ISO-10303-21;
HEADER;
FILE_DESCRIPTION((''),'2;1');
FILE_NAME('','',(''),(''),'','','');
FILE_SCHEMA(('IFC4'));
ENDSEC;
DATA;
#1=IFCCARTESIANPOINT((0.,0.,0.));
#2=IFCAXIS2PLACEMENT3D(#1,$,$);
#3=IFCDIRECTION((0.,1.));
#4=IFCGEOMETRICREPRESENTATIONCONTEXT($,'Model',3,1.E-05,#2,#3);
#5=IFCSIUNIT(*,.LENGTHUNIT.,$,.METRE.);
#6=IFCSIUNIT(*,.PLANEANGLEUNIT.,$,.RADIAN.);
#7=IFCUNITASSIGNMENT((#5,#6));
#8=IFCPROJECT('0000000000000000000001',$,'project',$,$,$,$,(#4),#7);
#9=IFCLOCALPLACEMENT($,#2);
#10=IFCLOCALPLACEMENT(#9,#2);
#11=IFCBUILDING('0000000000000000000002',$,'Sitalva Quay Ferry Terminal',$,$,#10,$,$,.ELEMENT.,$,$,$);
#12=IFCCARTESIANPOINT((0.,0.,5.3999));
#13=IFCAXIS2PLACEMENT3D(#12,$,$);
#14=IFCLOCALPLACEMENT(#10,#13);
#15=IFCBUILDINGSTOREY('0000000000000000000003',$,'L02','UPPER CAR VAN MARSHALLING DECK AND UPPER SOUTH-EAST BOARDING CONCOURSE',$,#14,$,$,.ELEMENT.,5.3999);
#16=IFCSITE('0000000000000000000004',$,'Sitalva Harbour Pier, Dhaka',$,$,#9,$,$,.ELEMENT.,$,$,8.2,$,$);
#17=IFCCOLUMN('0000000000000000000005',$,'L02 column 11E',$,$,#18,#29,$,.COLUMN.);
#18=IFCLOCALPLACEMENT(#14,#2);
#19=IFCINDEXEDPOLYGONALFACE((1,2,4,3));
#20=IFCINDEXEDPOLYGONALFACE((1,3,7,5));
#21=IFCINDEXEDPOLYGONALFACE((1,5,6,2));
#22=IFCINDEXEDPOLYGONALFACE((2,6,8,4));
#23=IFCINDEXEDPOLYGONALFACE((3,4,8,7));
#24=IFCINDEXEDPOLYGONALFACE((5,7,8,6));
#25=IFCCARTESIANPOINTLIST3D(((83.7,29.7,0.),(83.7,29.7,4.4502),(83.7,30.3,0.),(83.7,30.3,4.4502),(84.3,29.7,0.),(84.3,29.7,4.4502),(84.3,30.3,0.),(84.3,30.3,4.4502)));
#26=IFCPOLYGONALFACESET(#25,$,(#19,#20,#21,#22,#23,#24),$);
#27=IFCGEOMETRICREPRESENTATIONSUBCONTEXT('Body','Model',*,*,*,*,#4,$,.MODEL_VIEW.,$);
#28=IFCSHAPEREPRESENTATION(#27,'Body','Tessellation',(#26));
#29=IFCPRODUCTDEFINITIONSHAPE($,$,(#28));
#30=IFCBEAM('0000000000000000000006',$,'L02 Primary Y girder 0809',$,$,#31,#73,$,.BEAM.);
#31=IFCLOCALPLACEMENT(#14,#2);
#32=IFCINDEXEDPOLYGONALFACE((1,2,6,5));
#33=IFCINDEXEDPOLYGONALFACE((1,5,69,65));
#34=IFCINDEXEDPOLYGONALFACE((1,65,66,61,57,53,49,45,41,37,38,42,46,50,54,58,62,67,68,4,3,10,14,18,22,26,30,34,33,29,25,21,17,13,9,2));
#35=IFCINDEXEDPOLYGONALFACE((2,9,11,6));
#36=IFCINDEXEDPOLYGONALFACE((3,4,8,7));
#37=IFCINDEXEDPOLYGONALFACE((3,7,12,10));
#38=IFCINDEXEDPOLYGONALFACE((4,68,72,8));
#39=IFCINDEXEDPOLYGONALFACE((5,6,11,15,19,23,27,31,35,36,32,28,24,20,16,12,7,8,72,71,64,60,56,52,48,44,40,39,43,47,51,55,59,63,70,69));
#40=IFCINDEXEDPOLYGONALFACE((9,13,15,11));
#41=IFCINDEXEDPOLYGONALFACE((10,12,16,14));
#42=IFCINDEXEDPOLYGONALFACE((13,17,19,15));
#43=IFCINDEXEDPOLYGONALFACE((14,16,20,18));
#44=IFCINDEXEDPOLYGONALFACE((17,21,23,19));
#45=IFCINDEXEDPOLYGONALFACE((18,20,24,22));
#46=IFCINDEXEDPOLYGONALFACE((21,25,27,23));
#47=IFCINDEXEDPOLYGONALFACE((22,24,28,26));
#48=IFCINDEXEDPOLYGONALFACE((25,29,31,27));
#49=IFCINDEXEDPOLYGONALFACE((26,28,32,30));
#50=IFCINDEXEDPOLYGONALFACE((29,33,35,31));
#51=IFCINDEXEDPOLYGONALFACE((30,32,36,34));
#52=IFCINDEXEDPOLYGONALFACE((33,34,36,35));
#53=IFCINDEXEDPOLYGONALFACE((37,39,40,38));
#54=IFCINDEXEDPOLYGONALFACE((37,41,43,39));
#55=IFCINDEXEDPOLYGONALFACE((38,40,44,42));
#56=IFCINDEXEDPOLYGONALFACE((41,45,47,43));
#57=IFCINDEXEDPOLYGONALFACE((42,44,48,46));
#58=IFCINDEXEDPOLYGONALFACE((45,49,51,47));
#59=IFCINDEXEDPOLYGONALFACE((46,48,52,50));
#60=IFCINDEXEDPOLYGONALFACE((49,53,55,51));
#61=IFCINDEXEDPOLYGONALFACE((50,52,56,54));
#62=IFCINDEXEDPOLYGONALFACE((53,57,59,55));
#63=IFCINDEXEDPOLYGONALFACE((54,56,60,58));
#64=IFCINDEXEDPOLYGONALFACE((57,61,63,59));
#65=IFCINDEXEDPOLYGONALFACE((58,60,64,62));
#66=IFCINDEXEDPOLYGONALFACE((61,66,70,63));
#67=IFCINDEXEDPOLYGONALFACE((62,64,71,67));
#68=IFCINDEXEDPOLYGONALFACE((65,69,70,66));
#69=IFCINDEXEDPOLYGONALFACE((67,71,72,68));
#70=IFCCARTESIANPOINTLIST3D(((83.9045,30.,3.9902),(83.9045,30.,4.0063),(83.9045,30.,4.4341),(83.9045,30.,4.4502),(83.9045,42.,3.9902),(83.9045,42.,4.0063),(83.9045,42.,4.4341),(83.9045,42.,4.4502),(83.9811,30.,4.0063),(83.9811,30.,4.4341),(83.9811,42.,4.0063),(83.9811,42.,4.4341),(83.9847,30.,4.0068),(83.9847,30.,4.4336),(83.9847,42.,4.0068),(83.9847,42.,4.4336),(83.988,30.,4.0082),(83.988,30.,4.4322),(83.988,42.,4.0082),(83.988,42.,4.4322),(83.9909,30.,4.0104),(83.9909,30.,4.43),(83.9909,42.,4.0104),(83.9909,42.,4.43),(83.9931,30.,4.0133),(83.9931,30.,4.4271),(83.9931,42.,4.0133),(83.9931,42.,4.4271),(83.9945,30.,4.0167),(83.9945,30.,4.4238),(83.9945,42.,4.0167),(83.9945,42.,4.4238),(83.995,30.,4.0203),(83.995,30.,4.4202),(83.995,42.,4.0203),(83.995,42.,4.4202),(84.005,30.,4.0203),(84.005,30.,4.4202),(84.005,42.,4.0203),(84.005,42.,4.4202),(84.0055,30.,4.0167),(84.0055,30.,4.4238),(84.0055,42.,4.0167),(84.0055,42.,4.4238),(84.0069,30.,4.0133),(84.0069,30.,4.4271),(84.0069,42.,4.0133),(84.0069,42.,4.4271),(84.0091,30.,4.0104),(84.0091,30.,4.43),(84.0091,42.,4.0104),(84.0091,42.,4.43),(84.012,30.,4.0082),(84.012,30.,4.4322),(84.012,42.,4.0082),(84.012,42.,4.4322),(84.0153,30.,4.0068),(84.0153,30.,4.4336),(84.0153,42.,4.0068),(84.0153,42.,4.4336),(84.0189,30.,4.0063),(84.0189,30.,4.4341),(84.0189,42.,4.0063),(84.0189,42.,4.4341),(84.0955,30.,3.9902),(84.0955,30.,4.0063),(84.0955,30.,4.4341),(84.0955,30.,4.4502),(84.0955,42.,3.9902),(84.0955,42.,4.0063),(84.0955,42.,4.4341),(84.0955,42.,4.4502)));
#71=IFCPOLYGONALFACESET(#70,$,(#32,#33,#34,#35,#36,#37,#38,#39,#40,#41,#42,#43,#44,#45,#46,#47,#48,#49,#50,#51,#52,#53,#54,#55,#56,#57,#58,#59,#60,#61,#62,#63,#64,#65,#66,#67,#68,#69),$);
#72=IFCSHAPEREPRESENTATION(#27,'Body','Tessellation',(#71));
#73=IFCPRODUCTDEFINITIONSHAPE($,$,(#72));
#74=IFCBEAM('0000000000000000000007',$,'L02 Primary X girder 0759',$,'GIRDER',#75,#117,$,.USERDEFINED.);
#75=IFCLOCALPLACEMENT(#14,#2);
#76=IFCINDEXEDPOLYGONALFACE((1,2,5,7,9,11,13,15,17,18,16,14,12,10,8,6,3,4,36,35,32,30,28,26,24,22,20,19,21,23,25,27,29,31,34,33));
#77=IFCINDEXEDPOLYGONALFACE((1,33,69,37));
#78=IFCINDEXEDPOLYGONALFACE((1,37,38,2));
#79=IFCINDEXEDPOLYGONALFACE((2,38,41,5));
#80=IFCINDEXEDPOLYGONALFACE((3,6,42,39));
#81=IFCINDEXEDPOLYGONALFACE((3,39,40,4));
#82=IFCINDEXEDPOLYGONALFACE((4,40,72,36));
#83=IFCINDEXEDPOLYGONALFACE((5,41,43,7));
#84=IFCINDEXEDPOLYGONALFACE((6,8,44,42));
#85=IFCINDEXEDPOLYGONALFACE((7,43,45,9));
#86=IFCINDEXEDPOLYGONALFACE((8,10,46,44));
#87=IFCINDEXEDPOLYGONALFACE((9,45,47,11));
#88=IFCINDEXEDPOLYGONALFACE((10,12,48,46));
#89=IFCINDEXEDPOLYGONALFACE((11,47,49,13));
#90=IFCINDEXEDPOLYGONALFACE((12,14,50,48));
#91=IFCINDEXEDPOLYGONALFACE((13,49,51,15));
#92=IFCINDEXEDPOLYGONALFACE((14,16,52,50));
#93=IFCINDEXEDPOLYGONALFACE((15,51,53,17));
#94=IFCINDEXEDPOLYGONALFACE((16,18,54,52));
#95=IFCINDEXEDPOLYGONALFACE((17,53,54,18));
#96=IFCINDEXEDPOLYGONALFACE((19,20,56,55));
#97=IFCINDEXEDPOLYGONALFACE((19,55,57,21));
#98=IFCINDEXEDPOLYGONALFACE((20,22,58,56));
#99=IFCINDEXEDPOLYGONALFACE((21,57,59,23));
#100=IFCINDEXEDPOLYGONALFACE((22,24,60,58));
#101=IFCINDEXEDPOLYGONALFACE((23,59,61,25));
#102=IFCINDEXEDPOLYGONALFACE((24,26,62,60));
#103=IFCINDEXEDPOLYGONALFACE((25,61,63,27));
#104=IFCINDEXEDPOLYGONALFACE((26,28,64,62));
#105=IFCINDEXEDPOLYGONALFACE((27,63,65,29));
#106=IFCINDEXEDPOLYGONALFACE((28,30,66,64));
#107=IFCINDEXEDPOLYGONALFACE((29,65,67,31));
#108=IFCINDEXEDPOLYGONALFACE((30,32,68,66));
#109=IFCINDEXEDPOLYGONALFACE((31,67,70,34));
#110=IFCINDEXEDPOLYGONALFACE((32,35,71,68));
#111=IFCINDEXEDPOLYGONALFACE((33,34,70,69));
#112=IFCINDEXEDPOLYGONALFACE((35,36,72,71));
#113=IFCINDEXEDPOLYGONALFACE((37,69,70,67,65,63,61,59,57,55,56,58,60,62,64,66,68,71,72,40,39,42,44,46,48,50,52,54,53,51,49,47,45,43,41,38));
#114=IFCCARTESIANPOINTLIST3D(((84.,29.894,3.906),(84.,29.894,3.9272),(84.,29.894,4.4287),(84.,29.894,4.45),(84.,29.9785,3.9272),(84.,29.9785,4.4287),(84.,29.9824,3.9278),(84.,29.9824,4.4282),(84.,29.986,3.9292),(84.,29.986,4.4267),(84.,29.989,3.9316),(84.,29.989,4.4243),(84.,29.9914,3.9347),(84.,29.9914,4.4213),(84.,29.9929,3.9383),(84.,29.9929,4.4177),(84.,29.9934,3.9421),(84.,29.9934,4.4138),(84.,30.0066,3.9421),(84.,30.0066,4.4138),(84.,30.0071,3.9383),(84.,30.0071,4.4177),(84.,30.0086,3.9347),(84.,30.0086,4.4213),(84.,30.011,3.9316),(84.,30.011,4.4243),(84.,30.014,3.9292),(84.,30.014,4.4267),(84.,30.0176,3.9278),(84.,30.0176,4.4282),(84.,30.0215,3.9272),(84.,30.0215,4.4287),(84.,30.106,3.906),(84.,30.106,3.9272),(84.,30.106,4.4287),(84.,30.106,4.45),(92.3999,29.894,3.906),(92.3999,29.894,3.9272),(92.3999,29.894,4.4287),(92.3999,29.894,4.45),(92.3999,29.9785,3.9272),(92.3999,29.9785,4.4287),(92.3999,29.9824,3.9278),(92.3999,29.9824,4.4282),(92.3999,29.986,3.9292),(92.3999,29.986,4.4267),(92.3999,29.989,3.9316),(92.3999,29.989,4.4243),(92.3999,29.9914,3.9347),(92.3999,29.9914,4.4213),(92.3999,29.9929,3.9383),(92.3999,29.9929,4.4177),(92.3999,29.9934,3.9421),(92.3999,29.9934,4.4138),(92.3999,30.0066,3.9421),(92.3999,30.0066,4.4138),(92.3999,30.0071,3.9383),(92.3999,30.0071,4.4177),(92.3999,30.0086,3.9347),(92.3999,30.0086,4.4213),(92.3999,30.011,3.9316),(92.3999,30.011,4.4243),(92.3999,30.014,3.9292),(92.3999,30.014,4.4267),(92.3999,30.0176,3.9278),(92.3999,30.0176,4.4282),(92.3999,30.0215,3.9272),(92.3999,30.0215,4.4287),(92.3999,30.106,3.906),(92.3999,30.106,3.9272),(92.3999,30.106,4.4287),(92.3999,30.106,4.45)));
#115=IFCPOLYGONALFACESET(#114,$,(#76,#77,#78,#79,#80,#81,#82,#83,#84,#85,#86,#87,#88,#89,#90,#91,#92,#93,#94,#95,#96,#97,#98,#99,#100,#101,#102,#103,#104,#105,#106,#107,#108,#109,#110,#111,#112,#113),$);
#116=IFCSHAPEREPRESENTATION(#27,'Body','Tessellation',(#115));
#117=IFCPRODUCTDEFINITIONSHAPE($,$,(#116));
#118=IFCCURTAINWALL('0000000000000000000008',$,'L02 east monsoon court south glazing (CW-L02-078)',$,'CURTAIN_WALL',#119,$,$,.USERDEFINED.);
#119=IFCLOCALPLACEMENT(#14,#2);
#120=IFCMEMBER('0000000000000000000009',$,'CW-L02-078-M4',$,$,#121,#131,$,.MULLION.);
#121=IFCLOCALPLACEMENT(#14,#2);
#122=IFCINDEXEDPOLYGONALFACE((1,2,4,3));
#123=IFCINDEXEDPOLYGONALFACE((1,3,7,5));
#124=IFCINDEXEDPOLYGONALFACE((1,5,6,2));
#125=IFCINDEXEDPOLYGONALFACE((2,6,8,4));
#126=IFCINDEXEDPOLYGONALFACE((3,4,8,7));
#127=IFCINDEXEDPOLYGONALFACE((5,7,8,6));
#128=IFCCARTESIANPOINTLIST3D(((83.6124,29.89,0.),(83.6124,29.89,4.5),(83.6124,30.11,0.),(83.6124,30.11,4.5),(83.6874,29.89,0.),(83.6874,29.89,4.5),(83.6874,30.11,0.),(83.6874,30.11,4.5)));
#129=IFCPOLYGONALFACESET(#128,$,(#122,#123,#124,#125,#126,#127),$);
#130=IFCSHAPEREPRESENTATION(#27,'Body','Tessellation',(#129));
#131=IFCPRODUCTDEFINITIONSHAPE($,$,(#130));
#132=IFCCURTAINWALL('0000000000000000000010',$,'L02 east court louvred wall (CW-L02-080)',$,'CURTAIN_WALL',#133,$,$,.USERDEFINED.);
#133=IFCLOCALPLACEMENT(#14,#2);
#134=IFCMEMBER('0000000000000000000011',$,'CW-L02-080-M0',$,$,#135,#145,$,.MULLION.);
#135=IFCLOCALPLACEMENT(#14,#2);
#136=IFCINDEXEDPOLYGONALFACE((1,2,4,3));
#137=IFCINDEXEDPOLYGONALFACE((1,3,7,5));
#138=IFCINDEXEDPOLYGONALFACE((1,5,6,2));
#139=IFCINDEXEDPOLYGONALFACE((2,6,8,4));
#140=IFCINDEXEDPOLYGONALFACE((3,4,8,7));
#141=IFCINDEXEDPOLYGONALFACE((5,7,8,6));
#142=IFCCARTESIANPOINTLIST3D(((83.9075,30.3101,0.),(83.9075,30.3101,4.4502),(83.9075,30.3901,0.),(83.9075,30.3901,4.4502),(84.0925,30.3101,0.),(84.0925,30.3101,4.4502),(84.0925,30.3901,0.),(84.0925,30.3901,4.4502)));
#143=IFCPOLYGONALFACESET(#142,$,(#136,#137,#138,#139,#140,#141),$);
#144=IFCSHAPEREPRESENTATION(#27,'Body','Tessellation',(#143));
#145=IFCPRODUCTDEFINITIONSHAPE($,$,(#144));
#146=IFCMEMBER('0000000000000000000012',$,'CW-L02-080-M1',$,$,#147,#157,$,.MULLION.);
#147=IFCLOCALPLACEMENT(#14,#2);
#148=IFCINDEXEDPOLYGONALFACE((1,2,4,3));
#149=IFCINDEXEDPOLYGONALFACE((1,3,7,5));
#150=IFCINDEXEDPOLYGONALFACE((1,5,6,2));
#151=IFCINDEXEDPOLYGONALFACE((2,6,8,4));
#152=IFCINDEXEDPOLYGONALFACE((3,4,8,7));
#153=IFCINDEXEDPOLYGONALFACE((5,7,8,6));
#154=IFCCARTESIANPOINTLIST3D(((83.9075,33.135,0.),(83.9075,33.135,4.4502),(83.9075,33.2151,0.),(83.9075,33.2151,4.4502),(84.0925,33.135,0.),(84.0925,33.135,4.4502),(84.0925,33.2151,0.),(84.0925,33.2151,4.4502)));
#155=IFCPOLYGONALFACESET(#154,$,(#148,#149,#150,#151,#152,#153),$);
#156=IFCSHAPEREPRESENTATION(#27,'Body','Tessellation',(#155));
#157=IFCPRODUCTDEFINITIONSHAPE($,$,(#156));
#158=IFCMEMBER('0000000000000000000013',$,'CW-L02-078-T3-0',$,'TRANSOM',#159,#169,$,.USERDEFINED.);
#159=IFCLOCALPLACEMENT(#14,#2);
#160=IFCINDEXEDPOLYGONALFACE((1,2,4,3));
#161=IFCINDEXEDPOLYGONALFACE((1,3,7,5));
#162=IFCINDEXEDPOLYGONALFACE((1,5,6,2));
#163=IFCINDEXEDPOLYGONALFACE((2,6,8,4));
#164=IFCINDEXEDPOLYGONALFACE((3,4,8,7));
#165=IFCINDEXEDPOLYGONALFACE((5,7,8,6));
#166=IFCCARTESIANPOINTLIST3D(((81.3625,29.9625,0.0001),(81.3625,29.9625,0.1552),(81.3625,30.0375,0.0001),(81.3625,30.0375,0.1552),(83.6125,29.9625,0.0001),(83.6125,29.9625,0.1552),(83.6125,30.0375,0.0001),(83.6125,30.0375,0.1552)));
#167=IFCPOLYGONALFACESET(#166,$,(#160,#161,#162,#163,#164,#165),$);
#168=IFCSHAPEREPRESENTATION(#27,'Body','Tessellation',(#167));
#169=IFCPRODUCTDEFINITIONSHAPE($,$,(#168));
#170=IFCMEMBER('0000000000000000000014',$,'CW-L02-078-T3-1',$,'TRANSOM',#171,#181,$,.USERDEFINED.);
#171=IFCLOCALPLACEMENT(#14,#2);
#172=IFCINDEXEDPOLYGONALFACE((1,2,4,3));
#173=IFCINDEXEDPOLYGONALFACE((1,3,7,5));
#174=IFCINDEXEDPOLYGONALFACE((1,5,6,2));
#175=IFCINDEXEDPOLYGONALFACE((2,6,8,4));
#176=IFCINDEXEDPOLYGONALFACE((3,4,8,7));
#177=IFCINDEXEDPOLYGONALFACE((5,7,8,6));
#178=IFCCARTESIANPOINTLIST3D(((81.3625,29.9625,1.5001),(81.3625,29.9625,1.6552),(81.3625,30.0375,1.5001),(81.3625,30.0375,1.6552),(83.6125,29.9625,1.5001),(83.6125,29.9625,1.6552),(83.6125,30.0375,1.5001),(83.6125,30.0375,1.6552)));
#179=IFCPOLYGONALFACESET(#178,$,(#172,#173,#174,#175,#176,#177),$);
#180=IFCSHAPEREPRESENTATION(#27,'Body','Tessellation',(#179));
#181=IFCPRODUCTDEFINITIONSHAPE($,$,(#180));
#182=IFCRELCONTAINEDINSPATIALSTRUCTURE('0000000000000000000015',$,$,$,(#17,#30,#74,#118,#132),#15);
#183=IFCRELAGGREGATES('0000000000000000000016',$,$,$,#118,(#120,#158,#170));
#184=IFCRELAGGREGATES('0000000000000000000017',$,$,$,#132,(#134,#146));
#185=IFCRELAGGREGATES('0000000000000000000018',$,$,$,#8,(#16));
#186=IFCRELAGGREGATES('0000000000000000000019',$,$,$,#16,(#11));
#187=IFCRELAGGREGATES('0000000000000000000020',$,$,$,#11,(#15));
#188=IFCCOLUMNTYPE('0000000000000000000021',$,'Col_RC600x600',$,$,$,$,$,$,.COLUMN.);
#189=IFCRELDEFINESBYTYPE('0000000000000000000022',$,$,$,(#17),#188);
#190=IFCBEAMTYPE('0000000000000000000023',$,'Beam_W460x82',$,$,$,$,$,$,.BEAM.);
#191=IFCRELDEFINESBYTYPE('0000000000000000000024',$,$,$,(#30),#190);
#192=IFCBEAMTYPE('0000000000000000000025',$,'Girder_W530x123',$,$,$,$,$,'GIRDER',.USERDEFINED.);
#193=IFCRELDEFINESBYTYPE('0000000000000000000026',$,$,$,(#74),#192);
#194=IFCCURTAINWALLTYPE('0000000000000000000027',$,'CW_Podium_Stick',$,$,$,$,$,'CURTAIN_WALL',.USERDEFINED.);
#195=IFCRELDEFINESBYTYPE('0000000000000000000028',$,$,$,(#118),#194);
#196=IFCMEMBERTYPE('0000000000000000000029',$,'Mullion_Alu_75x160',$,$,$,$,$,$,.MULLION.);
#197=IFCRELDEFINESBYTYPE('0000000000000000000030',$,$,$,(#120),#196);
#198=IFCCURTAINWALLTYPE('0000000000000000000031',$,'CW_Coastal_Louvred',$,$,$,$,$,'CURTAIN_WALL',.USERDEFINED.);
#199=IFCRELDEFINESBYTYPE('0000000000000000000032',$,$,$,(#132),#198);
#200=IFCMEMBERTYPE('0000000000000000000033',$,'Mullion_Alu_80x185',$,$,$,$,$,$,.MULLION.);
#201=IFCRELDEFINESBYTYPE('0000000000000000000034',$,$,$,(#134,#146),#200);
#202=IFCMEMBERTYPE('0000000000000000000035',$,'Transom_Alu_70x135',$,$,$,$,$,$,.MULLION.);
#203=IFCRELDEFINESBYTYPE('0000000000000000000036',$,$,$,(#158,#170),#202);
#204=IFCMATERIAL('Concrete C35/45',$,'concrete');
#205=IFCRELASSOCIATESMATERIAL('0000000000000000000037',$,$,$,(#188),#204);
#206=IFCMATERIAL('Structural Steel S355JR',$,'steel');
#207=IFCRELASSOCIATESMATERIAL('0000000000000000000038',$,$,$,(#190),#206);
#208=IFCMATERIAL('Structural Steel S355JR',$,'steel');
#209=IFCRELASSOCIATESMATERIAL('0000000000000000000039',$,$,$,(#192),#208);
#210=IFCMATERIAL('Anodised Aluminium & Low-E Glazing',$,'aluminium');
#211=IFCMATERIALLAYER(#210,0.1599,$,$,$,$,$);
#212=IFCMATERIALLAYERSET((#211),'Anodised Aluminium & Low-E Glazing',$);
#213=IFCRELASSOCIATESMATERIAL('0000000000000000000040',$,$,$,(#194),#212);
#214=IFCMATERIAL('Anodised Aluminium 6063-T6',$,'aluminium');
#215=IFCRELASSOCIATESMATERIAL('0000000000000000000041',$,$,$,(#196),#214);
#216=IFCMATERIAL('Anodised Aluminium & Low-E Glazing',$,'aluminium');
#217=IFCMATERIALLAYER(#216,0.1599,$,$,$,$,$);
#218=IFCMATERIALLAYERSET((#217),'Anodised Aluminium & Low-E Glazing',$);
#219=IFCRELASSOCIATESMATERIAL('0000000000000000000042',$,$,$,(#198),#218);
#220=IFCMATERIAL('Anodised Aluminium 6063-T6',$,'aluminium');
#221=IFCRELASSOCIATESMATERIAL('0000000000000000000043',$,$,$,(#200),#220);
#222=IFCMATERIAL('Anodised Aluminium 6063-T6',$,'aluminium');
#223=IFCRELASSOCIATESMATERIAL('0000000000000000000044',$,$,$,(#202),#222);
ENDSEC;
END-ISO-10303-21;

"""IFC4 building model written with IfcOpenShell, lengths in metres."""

from ifc_helpers import new_model, si_unit, direction, frame, origin, origin_2d, place, context, subcontext, project, spatial, rectangle, i_section, extrude, material, layer, layer_set, material_profile, profile_set, type_object, element, aggregate, save


model = new_model("IFC4")

# Units and contexts
model_context = context("Model", 3, precision=1e-05, world=origin(), true_north=direction((0.0, 1.0)))
body_context = subcontext(model_context, "Body", "Model", "MODEL_VIEW")
ifc_project = project(units=[si_unit("LENGTHUNIT", "METRE"), si_unit("PLANEANGLEUNIT", "RADIAN")], contexts=[model_context])

# Site, building, storey
site_placement = place(None, origin())
site = spatial("IfcSite", under=ifc_project, at=site_placement, Name="Sitalva Harbour Pier, Dhaka", CompositionType="ELEMENT", RefElevation=8.2)
building_placement = place(site_placement, origin())
building = spatial("IfcBuilding", under=site, at=building_placement, Name="Sitalva Quay Ferry Terminal", CompositionType="ELEMENT")
storey_placement = place(building_placement, frame((0.0, 0.0, 5.3999)))
storey = spatial("IfcBuildingStorey", under=building, at=storey_placement, Name="L02", Description="UPPER CAR VAN MARSHALLING DECK AND UPPER SOUTH-EAST BOARDING CONCOURSE", CompositionType="ELEMENT", Elevation=5.3999)

# Column
ifc_material_1 = material(Name="Concrete C35/45", Category="concrete")
ifc_material_profile_1 = material_profile(ifc_material_1, rectangle(XDim=0.6001, YDim=0.6001, at=origin_2d()), Name="RC600x600")
ifc_profile_set_1 = profile_set([ifc_material_profile_1], Name="Concrete C35/45")
column_type = type_object("IfcColumnType", Name="Col_RC600x600", PredefinedType="COLUMN", material=ifc_profile_set_1)
column_placement = place(storey_placement, frame((84.0, 30.0, 0.0), z_axis=(0.0, 0.0, 1.0), x_axis=(1.0, 0.0, 0.0)))
element("IfcColumn", 1, at=column_placement, inside=storey, type_object=column_type, Name="L02 column 11E", PredefinedType="COLUMN", context=body_context, shape_type="SweptSolid", body=[
    extrude(rectangle(XDim=0.6001, YDim=0.6001, at=origin_2d()), origin(), (0.0, 0.0, 1.0), 4.4502),
])

# Beams
ifc_material_2 = material(Name="Structural Steel S355JR", Category="steel")
ifc_material_profile_2 = material_profile(ifc_material_2, i_section(OverallWidth=0.1909, OverallDepth=0.46, WebThickness=0.01, FlangeThickness=0.0161, FilletRadius=0.0139, at=origin_2d()), Name="W460x82")
ifc_profile_set_2 = profile_set([ifc_material_profile_2], Name="Structural Steel S355JR")
beam_type_1 = type_object("IfcBeamType", Name="Beam_W460x82", PredefinedType="BEAM", material=ifc_profile_set_2)
beam_1_placement = place(storey_placement, frame((84.0, 30.0, 4.2202), z_axis=(0.0, 1.0, 0.0), x_axis=(-1.0, 0.0, 0.0)))
element("IfcBeam", 2, at=beam_1_placement, inside=storey, type_object=beam_type_1, Name="L02 Primary Y girder 0809", PredefinedType="BEAM", context=body_context, shape_type="SweptSolid", body=[
    extrude(i_section(OverallWidth=0.1909, OverallDepth=0.46, WebThickness=0.01, FlangeThickness=0.0161, FilletRadius=0.0139, at=origin_2d()), origin(), (0.0, 0.0, 1.0), 12.0),
])
ifc_material_3 = material(Name="Structural Steel S355JR", Category="steel")
ifc_material_profile_3 = material_profile(ifc_material_3, i_section(OverallWidth=0.2119, OverallDepth=0.5439, WebThickness=0.0132, FlangeThickness=0.0212, FilletRadius=0.0149, at=origin_2d()), Name="W530x123")
ifc_profile_set_3 = profile_set([ifc_material_profile_3], Name="Structural Steel S355JR")
beam_type_2 = type_object("IfcBeamType", Name="Girder_W530x123", ElementType="GIRDER", PredefinedType="USERDEFINED", material=ifc_profile_set_3)
beam_2_placement = place(storey_placement, frame((84.0, 30.0, 4.178), z_axis=(1.0, 0.0, 0.0), x_axis=(0.0, 1.0, 0.0)))
element("IfcBeam", 3, at=beam_2_placement, inside=storey, type_object=beam_type_2, Name="L02 Primary X girder 0759", ObjectType="GIRDER", PredefinedType="USERDEFINED", context=body_context, shape_type="SweptSolid", body=[
    extrude(i_section(OverallWidth=0.2119, OverallDepth=0.5439, WebThickness=0.0132, FlangeThickness=0.0212, FilletRadius=0.0149, at=origin_2d()), origin(), (0.0, 0.0, 1.0), 8.3999),
])

# Curtain wall, member
ifc_material_4 = material(Name="Anodised Aluminium & Low-E Glazing", Category="aluminium")
ifc_layer_1 = layer(ifc_material_4, 0.1599)
ifc_layer_set_1 = layer_set([ifc_layer_1], Name="Anodised Aluminium & Low-E Glazing")
curtain_wall_type_1 = type_object("IfcCurtainWallType", Name="CW_Podium_Stick", ElementType="CURTAIN_WALL", PredefinedType="USERDEFINED", material=ifc_layer_set_1)
curtain_wall_1_placement = place(storey_placement, origin())
curtain_wall_1 = element("IfcCurtainWall", 4, at=curtain_wall_1_placement, inside=storey, type_object=curtain_wall_type_1, Name="L02 east monsoon court south glazing (CW-L02-078)", ObjectType="CURTAIN_WALL", PredefinedType="USERDEFINED")
ifc_material_5 = material(Name="Anodised Aluminium 6063-T6", Category="aluminium")
ifc_material_profile_4 = material_profile(ifc_material_5, rectangle(XDim=0.075, YDim=0.22, at=origin_2d()), Name="ALU75x220")
ifc_profile_set_4 = profile_set([ifc_material_profile_4], Name="Anodised Aluminium 6063-T6")
member_type_1 = type_object("IfcMemberType", Name="Mullion_Alu_75x160", PredefinedType="MULLION", material=ifc_profile_set_4)
member_1_placement = place(storey_placement, frame((83.6499, 30.0, 0.0), z_axis=(0.0, 0.0, 1.0), x_axis=(1.0, 0.0, 0.0)))
member_1 = element("IfcMember", 5, at=member_1_placement, type_object=member_type_1, Name="CW-L02-078-M4", PredefinedType="MULLION", context=body_context, shape_type="SweptSolid", body=[
    extrude(rectangle(XDim=0.075, YDim=0.22, at=origin_2d()), origin(), (0.0, 0.0, 1.0), 4.5),
])

# Curtain wall, members
ifc_material_6 = material(Name="Anodised Aluminium & Low-E Glazing", Category="aluminium")
ifc_layer_2 = layer(ifc_material_6, 0.1599)
ifc_layer_set_2 = layer_set([ifc_layer_2], Name="Anodised Aluminium & Low-E Glazing")
curtain_wall_type_2 = type_object("IfcCurtainWallType", Name="CW_Coastal_Louvred", ElementType="CURTAIN_WALL", PredefinedType="USERDEFINED", material=ifc_layer_set_2)
curtain_wall_2_placement = place(storey_placement, origin())
curtain_wall_2 = element("IfcCurtainWall", 6, at=curtain_wall_2_placement, inside=storey, type_object=curtain_wall_type_2, Name="L02 east court louvred wall (CW-L02-080)", ObjectType="CURTAIN_WALL", PredefinedType="USERDEFINED")
ifc_material_7 = material(Name="Anodised Aluminium 6063-T6", Category="aluminium")
ifc_material_profile_5 = material_profile(ifc_material_7, rectangle(XDim=0.0801, YDim=0.1851, at=origin_2d()), Name="ALU80x185")
ifc_profile_set_5 = profile_set([ifc_material_profile_5], Name="Anodised Aluminium 6063-T6")
member_type_2 = type_object("IfcMemberType", Name="Mullion_Alu_80x185", PredefinedType="MULLION", material=ifc_profile_set_5)
member_2_placement = place(storey_placement, frame((84.0, 30.3501, 0.0), z_axis=(0.0, 0.0, 1.0), x_axis=(0.0, 1.0, 0.0)))
member_2 = element("IfcMember", 7, at=member_2_placement, type_object=member_type_2, Name="CW-L02-080-M0", PredefinedType="MULLION", context=body_context, shape_type="SweptSolid", body=[
    extrude(rectangle(XDim=0.0801, YDim=0.1851, at=origin_2d()), origin(), (0.0, 0.0, 1.0), 4.4502),
])
member_3_placement = place(storey_placement, frame((84.0, 33.175, 0.0), z_axis=(0.0, 0.0, 1.0), x_axis=(0.0, 1.0, 0.0)))
member_3 = element("IfcMember", 8, at=member_3_placement, type_object=member_type_2, Name="CW-L02-080-M1", PredefinedType="MULLION", context=body_context, shape_type="SweptSolid", body=[
    extrude(rectangle(XDim=0.0801, YDim=0.1851, at=origin_2d()), origin(), (0.0, 0.0, 1.0), 4.4502),
])

# Members
ifc_material_8 = material(Name="Anodised Aluminium 6063-T6", Category="aluminium")
ifc_material_profile_6 = material_profile(ifc_material_8, rectangle(XDim=0.075, YDim=0.155, at=origin_2d()), Name="ALU75x155")
ifc_profile_set_6 = profile_set([ifc_material_profile_6], Name="Anodised Aluminium 6063-T6")
member_type_3 = type_object("IfcMemberType", Name="Transom_Alu_70x135", PredefinedType="MULLION", material=ifc_profile_set_6)
member_4_placement = place(storey_placement, frame((81.3625, 30.0, 0.0776), z_axis=(1.0, 0.0, 0.0), x_axis=(0.0, 1.0, 0.0)))
member_4 = element("IfcMember", 9, at=member_4_placement, type_object=member_type_3, Name="CW-L02-078-T3-0", ObjectType="TRANSOM", PredefinedType="USERDEFINED", context=body_context, shape_type="SweptSolid", body=[
    extrude(rectangle(XDim=0.075, YDim=0.155, at=origin_2d()), origin(), (0.0, 0.0, 1.0), 2.25),
])
member_5_placement = place(storey_placement, frame((81.3625, 30.0, 1.5776), z_axis=(1.0, 0.0, 0.0), x_axis=(0.0, 1.0, 0.0)))
member_5 = element("IfcMember", 10, at=member_5_placement, type_object=member_type_3, Name="CW-L02-078-T3-1", ObjectType="TRANSOM", PredefinedType="USERDEFINED", context=body_context, shape_type="SweptSolid", body=[
    extrude(rectangle(XDim=0.075, YDim=0.155, at=origin_2d()), origin(), (0.0, 0.0, 1.0), 2.25),
])

aggregate(curtain_wall_1, [member_1, member_4, member_5])
aggregate(curtain_wall_2, [member_2, member_3])

save(model, "model.ifc")
